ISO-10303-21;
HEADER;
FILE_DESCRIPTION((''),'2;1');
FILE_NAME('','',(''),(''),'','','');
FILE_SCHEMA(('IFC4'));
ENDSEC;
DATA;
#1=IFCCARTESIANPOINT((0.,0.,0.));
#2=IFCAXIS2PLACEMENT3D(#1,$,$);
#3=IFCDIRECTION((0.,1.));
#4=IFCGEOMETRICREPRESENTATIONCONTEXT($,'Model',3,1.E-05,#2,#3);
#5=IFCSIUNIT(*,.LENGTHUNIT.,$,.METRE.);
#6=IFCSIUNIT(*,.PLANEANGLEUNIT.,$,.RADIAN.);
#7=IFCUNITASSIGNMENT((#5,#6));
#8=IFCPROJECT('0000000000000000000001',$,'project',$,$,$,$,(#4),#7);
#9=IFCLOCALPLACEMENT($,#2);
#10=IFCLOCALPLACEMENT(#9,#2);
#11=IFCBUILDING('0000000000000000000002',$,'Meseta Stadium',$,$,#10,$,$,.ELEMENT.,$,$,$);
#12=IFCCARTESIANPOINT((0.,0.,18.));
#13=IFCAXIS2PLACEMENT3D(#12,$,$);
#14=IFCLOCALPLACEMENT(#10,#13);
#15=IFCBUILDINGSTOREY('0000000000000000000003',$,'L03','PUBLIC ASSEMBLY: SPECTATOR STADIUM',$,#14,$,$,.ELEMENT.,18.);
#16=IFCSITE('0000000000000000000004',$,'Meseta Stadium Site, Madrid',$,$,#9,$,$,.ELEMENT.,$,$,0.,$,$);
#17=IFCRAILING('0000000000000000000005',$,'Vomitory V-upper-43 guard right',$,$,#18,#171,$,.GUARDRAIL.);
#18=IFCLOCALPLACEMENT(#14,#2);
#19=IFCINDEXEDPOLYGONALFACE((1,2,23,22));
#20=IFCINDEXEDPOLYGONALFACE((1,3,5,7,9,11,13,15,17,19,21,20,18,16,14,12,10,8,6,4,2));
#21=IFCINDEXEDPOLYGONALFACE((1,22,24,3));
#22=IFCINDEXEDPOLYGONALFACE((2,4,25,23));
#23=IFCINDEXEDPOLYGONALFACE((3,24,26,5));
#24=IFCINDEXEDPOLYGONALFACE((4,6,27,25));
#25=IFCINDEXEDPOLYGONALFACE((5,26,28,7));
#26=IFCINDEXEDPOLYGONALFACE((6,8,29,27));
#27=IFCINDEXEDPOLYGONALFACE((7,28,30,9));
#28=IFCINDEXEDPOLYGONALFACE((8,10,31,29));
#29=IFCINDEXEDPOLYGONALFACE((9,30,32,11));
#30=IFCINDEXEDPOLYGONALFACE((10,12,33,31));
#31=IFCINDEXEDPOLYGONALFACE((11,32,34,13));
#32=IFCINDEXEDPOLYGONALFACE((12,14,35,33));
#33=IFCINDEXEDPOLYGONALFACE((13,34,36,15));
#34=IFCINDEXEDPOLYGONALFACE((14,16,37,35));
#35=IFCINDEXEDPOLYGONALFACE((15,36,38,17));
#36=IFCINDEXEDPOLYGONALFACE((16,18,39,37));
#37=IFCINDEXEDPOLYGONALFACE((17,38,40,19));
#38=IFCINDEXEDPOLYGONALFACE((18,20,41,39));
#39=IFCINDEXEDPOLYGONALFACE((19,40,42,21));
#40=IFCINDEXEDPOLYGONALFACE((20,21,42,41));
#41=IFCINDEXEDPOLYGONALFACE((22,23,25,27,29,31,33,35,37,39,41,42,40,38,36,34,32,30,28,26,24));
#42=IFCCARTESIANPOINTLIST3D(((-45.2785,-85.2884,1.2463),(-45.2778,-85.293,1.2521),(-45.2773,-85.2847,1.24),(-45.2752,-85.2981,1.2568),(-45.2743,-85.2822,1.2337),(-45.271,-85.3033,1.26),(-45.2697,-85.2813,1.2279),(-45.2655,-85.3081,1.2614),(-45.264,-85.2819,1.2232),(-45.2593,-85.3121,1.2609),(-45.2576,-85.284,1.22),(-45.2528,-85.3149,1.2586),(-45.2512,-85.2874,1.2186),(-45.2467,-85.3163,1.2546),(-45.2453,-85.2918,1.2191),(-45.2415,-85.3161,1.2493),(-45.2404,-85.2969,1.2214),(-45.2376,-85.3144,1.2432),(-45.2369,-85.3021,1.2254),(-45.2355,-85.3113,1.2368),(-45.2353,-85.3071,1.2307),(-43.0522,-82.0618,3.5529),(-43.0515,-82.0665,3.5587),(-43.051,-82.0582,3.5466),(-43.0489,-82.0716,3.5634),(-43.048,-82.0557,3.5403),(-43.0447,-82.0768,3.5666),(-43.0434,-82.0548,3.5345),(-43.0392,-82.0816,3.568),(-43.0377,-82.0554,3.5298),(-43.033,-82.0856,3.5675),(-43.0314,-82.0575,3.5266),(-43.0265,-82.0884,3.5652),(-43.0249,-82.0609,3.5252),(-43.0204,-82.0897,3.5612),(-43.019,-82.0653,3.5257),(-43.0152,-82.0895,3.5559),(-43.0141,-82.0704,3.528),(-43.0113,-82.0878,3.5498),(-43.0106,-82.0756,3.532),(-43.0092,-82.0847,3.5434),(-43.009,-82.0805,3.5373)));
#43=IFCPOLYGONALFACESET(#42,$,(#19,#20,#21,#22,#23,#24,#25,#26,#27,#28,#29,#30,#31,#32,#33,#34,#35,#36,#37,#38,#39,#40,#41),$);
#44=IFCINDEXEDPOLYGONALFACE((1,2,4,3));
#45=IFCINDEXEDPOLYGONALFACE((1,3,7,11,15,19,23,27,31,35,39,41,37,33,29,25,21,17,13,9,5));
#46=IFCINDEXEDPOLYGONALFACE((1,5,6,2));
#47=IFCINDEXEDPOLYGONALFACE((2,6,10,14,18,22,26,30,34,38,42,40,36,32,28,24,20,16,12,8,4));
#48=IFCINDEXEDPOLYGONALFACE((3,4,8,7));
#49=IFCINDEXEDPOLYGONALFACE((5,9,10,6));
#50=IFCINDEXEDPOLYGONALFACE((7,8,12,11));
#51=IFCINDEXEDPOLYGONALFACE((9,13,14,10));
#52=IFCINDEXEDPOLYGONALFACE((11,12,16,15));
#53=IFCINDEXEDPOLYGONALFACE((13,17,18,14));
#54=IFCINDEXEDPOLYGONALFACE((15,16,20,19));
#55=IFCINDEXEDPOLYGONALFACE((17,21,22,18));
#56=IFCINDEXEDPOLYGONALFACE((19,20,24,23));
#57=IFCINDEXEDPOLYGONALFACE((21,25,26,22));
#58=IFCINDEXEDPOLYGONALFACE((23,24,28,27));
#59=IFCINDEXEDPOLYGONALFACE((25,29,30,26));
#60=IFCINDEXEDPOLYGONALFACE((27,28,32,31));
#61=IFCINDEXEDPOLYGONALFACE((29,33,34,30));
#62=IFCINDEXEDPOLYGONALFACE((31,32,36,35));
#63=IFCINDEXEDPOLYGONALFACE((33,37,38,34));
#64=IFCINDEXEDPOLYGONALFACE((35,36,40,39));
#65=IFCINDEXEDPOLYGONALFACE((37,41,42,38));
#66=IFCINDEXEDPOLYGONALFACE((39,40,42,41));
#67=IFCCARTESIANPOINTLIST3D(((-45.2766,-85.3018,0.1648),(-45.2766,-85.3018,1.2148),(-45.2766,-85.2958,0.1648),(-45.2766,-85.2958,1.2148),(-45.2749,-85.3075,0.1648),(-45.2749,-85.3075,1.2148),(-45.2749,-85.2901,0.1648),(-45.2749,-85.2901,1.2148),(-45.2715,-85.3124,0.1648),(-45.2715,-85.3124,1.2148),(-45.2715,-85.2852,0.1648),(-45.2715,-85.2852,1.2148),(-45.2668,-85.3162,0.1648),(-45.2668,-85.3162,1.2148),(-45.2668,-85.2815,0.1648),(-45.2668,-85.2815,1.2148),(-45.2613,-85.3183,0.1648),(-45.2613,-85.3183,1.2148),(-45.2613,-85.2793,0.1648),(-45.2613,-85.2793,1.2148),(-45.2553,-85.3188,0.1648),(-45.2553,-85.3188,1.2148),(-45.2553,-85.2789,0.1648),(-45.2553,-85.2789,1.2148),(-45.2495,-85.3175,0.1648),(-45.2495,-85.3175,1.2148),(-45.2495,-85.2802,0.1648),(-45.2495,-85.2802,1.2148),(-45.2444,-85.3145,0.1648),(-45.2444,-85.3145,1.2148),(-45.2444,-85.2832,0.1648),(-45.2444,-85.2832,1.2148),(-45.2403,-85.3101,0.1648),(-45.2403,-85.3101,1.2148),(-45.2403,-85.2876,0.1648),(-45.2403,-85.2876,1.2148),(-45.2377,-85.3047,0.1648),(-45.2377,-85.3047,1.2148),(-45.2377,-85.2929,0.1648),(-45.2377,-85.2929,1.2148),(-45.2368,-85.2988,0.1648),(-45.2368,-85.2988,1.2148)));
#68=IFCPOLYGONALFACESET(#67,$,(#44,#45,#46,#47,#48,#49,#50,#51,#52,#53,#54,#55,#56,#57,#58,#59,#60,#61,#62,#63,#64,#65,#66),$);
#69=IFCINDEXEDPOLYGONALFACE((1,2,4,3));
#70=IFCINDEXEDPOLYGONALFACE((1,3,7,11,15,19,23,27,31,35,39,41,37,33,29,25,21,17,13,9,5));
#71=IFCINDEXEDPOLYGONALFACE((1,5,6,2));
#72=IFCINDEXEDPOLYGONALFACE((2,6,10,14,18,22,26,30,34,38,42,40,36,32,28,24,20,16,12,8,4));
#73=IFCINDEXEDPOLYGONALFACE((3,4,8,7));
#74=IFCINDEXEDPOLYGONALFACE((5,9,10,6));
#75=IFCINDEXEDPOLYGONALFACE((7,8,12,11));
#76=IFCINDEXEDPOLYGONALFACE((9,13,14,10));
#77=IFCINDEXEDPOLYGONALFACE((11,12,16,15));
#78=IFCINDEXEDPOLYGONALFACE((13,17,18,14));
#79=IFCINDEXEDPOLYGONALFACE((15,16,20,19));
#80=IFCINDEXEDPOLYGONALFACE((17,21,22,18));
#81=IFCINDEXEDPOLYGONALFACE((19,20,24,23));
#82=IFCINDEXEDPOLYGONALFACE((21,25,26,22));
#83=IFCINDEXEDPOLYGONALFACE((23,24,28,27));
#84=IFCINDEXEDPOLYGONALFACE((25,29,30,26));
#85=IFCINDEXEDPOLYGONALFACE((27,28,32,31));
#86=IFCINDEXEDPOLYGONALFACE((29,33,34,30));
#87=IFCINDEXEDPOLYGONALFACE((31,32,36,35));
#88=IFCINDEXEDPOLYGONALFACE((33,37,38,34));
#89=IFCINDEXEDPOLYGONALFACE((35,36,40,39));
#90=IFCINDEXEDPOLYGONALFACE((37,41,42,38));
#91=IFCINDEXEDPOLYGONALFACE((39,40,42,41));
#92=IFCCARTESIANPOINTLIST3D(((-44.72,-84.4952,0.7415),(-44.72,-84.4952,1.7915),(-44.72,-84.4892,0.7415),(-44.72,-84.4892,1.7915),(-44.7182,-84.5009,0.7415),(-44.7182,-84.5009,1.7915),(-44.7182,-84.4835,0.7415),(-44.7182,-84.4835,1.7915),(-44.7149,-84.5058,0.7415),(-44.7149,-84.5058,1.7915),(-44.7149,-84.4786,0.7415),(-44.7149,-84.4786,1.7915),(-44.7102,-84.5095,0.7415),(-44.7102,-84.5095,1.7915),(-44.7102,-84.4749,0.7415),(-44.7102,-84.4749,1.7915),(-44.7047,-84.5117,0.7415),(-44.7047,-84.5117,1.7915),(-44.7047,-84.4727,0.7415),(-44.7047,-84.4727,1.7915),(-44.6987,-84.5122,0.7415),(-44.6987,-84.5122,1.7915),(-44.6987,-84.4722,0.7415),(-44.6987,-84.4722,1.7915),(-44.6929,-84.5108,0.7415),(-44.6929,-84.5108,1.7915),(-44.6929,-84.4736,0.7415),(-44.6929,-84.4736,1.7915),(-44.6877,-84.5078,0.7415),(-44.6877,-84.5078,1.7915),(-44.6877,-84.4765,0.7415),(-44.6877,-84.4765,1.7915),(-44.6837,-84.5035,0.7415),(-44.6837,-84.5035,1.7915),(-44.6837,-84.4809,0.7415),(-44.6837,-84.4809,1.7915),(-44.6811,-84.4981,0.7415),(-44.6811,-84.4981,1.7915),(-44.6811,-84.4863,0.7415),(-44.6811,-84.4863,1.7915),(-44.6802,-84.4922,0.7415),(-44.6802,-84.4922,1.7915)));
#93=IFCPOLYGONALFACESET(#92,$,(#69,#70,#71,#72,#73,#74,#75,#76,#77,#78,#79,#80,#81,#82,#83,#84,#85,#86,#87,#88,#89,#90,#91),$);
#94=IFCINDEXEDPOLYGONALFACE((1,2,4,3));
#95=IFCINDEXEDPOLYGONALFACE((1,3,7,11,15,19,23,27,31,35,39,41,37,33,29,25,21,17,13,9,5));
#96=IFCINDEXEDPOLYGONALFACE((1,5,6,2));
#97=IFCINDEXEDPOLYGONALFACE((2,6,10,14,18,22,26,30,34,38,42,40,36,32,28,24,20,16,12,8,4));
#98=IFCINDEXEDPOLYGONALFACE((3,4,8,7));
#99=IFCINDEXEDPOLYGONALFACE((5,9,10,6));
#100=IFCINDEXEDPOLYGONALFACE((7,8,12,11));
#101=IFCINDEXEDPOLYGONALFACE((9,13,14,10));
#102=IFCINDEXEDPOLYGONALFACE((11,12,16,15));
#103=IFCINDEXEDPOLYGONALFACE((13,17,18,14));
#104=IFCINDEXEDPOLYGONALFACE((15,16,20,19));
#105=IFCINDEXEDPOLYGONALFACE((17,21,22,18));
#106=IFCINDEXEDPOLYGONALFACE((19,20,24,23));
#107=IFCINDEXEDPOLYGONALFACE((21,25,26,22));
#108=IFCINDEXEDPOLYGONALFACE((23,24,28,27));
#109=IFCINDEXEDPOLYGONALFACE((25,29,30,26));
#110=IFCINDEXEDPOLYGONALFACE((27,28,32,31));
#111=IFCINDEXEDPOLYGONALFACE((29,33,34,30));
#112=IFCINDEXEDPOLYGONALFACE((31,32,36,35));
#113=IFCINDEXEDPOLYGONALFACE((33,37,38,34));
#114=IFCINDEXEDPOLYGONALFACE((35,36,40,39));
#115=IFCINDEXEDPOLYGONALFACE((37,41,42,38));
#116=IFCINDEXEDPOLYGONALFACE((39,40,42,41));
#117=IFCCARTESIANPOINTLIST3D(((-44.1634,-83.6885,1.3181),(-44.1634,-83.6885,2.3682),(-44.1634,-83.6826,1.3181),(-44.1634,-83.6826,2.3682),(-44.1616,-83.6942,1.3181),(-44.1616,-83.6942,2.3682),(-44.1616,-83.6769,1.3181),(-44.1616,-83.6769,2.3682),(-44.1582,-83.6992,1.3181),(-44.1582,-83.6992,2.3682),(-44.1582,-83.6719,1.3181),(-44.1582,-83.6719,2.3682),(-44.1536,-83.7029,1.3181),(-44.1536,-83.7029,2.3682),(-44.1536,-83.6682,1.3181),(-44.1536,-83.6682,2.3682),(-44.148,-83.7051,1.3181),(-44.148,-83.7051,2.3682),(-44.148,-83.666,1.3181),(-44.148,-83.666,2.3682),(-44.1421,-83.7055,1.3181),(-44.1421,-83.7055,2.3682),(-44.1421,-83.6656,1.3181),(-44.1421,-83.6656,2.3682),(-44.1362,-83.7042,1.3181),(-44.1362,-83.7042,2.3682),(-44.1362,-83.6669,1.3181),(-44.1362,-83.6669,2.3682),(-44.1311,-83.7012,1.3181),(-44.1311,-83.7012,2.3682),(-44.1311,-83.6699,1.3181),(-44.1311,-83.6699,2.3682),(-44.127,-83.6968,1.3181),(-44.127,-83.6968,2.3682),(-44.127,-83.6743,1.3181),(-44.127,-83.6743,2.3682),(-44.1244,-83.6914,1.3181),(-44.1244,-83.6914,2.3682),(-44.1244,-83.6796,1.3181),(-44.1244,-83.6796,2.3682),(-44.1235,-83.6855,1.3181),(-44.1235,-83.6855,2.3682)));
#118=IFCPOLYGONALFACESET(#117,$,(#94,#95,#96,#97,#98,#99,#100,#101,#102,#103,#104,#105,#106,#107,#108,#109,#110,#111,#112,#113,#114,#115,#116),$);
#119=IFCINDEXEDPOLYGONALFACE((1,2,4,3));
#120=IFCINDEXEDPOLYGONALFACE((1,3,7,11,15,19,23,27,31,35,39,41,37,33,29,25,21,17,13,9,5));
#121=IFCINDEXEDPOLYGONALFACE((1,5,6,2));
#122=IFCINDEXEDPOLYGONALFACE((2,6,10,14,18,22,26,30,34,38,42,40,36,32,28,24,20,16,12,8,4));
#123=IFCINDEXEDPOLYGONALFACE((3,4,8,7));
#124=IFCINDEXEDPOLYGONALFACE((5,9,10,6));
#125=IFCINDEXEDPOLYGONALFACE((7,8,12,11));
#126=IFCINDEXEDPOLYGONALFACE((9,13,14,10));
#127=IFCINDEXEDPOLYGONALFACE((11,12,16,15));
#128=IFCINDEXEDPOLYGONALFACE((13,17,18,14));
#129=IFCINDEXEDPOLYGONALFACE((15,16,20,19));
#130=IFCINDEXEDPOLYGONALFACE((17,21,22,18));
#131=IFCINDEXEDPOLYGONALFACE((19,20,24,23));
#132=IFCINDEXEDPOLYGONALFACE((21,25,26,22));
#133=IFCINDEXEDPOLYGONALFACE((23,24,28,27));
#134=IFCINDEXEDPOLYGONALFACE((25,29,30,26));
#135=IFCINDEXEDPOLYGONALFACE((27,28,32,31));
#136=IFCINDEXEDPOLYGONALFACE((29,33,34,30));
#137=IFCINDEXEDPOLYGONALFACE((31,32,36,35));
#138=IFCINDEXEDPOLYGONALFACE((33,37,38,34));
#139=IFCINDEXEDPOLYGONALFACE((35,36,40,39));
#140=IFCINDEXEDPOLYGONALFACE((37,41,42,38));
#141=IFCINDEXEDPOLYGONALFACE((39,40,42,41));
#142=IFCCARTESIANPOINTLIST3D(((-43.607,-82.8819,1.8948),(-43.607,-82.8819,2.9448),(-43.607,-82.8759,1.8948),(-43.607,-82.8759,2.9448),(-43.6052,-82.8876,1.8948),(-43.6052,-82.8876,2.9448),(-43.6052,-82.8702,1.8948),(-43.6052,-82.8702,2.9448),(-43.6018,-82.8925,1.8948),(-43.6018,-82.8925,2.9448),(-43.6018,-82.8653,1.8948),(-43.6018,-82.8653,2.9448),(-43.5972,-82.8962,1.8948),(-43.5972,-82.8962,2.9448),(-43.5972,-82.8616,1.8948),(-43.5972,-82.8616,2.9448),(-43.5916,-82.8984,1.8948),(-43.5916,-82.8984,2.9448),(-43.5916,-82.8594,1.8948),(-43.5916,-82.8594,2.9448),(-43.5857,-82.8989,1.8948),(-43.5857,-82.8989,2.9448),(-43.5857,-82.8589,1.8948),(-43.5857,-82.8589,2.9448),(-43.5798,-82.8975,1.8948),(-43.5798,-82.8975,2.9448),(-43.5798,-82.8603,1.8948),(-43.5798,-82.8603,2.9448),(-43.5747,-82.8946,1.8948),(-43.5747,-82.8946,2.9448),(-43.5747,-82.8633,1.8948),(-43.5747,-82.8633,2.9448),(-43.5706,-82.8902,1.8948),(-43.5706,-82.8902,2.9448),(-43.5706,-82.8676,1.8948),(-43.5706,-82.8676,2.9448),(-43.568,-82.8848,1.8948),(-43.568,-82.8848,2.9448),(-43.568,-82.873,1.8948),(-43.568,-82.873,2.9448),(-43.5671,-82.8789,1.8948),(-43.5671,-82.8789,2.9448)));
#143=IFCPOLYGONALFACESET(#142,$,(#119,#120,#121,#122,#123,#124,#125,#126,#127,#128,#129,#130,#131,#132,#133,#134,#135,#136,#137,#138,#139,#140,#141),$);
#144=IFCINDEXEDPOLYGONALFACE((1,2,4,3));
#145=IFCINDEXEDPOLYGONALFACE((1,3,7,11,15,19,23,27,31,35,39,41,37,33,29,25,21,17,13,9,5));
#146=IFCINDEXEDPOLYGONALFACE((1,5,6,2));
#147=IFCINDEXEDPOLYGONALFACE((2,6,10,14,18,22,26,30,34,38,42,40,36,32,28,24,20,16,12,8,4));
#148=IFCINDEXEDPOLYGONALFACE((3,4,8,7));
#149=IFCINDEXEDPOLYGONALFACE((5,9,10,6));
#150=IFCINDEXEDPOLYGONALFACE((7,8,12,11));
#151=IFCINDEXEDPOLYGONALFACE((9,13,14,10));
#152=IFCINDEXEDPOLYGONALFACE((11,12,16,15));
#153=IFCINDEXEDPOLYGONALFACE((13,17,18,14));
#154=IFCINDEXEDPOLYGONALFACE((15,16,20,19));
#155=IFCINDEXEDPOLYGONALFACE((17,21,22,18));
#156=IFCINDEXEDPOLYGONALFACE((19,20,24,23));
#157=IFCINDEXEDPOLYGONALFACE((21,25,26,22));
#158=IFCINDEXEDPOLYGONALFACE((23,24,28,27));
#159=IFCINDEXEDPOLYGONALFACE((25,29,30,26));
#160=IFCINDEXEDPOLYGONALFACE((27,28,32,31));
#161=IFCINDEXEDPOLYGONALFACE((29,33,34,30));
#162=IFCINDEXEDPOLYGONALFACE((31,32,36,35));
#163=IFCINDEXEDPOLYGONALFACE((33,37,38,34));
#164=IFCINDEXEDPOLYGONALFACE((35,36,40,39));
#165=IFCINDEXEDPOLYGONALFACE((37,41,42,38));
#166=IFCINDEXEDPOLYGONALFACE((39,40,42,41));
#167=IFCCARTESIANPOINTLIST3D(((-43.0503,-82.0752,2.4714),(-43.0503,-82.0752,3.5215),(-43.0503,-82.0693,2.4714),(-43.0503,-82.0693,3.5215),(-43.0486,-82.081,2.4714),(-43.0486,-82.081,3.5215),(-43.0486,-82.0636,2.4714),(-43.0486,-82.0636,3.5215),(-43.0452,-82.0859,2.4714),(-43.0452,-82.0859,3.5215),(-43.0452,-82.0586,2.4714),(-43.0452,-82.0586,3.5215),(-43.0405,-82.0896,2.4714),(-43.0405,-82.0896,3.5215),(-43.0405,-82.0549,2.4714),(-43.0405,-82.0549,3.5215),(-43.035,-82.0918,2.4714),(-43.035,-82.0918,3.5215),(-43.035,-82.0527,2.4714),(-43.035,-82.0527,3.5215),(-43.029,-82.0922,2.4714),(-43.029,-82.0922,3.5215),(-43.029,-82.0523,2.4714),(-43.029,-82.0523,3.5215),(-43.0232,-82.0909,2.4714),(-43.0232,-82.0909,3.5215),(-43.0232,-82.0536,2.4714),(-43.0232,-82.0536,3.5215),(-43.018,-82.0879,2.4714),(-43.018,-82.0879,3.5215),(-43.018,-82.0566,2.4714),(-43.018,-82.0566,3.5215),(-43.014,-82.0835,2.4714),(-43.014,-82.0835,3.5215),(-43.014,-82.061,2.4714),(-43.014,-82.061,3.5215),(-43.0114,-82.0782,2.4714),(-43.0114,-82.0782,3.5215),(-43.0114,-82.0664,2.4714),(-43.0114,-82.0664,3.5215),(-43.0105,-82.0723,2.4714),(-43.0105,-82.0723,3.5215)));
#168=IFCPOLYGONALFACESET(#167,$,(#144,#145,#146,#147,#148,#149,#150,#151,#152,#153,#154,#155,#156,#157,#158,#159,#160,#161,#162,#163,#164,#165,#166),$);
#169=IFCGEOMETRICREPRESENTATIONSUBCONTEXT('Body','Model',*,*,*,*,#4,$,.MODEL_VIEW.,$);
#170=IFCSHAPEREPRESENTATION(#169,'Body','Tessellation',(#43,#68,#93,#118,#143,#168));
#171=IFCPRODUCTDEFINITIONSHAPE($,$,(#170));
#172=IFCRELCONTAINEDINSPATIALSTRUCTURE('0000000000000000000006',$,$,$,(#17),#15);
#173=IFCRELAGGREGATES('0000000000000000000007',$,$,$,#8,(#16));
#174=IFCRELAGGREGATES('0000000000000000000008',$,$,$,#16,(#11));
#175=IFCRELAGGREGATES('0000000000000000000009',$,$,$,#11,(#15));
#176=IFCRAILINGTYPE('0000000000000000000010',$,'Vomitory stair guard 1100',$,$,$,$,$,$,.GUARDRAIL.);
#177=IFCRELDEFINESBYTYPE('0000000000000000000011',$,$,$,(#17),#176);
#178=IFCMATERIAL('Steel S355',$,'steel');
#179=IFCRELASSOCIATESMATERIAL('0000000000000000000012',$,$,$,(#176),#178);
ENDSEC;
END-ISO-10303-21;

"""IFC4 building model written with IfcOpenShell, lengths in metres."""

from ifc_helpers import new_model, si_unit, direction, frame, origin, origin_2d, place, context, subcontext, project, spatial, circle, extrude, material, type_object, element, save


model = new_model("IFC4")

# Units and contexts
model_context = context("Model", 3, precision=1e-05, world=origin(), true_north=direction((0.0, 1.0)))
body_context = subcontext(model_context, "Body", "Model", "MODEL_VIEW")
ifc_project = project(units=[si_unit("LENGTHUNIT", "METRE"), si_unit("PLANEANGLEUNIT", "RADIAN")], contexts=[model_context])

# Site, building, storey
site_placement = place(None, origin())
site = spatial("IfcSite", under=ifc_project, at=site_placement, Name="Meseta Stadium Site, Madrid", CompositionType="ELEMENT", RefElevation=0.0)
building_placement = place(site_placement, origin())
building = spatial("IfcBuilding", under=site, at=building_placement, Name="Meseta Stadium", CompositionType="ELEMENT")
storey_placement = place(building_placement, frame((0.0, 0.0, 18.0)))
storey = spatial("IfcBuildingStorey", under=building, at=storey_placement, Name="L03", Description="PUBLIC ASSEMBLY: SPECTATOR STADIUM", CompositionType="ELEMENT", Elevation=18.0)

# Railing
ifc_material_1 = material(Name="Steel S355", Category="steel")
railing_type_1 = type_object("IfcRailingType", Name="Vomitory stair guard 1100", PredefinedType="GUARDRAIL", material=ifc_material_1)
railing_placement = place(storey_placement, frame((-45.2568, -85.2988, 0.1648)))
element("IfcRailing", 1, at=railing_placement, inside=storey, type_object=railing_type_1, Name="Vomitory V-upper-43 guard right", PredefinedType="GUARDRAIL", context=body_context, shape_type="SweptSolid", body=[
    extrude(circle(Radius=0.0249, at=origin_2d()), frame((0.0, 0.0, 1.0752), z_axis=(0.489475, 0.709387, 0.507134), x_axis=(-0.823081, 0.567924, 0.0)), (0.0, 0.0, 1.0), 4.5483),
    extrude(circle(Radius=0.02, at=origin_2d()), origin(), (0.0, 0.0, 1.0), 1.05),
    extrude(circle(Radius=0.02, at=origin_2d()), frame((0.5566, 0.8066, 0.5767)), (0.0, 0.0, 1.0), 1.05),
    extrude(circle(Radius=0.02, at=origin_2d()), frame((1.1133, 1.6133, 1.1533)), (0.0, 0.0, 1.0), 1.05),
    extrude(circle(Radius=0.02, at=origin_2d()), frame((1.6697, 2.4199, 1.73)), (0.0, 0.0, 1.0), 1.05),
    extrude(circle(Radius=0.02, at=origin_2d()), frame((2.2263, 3.2266, 2.3066)), (0.0, 0.0, 1.0), 1.05),
])

save(model, "model.ifc")
